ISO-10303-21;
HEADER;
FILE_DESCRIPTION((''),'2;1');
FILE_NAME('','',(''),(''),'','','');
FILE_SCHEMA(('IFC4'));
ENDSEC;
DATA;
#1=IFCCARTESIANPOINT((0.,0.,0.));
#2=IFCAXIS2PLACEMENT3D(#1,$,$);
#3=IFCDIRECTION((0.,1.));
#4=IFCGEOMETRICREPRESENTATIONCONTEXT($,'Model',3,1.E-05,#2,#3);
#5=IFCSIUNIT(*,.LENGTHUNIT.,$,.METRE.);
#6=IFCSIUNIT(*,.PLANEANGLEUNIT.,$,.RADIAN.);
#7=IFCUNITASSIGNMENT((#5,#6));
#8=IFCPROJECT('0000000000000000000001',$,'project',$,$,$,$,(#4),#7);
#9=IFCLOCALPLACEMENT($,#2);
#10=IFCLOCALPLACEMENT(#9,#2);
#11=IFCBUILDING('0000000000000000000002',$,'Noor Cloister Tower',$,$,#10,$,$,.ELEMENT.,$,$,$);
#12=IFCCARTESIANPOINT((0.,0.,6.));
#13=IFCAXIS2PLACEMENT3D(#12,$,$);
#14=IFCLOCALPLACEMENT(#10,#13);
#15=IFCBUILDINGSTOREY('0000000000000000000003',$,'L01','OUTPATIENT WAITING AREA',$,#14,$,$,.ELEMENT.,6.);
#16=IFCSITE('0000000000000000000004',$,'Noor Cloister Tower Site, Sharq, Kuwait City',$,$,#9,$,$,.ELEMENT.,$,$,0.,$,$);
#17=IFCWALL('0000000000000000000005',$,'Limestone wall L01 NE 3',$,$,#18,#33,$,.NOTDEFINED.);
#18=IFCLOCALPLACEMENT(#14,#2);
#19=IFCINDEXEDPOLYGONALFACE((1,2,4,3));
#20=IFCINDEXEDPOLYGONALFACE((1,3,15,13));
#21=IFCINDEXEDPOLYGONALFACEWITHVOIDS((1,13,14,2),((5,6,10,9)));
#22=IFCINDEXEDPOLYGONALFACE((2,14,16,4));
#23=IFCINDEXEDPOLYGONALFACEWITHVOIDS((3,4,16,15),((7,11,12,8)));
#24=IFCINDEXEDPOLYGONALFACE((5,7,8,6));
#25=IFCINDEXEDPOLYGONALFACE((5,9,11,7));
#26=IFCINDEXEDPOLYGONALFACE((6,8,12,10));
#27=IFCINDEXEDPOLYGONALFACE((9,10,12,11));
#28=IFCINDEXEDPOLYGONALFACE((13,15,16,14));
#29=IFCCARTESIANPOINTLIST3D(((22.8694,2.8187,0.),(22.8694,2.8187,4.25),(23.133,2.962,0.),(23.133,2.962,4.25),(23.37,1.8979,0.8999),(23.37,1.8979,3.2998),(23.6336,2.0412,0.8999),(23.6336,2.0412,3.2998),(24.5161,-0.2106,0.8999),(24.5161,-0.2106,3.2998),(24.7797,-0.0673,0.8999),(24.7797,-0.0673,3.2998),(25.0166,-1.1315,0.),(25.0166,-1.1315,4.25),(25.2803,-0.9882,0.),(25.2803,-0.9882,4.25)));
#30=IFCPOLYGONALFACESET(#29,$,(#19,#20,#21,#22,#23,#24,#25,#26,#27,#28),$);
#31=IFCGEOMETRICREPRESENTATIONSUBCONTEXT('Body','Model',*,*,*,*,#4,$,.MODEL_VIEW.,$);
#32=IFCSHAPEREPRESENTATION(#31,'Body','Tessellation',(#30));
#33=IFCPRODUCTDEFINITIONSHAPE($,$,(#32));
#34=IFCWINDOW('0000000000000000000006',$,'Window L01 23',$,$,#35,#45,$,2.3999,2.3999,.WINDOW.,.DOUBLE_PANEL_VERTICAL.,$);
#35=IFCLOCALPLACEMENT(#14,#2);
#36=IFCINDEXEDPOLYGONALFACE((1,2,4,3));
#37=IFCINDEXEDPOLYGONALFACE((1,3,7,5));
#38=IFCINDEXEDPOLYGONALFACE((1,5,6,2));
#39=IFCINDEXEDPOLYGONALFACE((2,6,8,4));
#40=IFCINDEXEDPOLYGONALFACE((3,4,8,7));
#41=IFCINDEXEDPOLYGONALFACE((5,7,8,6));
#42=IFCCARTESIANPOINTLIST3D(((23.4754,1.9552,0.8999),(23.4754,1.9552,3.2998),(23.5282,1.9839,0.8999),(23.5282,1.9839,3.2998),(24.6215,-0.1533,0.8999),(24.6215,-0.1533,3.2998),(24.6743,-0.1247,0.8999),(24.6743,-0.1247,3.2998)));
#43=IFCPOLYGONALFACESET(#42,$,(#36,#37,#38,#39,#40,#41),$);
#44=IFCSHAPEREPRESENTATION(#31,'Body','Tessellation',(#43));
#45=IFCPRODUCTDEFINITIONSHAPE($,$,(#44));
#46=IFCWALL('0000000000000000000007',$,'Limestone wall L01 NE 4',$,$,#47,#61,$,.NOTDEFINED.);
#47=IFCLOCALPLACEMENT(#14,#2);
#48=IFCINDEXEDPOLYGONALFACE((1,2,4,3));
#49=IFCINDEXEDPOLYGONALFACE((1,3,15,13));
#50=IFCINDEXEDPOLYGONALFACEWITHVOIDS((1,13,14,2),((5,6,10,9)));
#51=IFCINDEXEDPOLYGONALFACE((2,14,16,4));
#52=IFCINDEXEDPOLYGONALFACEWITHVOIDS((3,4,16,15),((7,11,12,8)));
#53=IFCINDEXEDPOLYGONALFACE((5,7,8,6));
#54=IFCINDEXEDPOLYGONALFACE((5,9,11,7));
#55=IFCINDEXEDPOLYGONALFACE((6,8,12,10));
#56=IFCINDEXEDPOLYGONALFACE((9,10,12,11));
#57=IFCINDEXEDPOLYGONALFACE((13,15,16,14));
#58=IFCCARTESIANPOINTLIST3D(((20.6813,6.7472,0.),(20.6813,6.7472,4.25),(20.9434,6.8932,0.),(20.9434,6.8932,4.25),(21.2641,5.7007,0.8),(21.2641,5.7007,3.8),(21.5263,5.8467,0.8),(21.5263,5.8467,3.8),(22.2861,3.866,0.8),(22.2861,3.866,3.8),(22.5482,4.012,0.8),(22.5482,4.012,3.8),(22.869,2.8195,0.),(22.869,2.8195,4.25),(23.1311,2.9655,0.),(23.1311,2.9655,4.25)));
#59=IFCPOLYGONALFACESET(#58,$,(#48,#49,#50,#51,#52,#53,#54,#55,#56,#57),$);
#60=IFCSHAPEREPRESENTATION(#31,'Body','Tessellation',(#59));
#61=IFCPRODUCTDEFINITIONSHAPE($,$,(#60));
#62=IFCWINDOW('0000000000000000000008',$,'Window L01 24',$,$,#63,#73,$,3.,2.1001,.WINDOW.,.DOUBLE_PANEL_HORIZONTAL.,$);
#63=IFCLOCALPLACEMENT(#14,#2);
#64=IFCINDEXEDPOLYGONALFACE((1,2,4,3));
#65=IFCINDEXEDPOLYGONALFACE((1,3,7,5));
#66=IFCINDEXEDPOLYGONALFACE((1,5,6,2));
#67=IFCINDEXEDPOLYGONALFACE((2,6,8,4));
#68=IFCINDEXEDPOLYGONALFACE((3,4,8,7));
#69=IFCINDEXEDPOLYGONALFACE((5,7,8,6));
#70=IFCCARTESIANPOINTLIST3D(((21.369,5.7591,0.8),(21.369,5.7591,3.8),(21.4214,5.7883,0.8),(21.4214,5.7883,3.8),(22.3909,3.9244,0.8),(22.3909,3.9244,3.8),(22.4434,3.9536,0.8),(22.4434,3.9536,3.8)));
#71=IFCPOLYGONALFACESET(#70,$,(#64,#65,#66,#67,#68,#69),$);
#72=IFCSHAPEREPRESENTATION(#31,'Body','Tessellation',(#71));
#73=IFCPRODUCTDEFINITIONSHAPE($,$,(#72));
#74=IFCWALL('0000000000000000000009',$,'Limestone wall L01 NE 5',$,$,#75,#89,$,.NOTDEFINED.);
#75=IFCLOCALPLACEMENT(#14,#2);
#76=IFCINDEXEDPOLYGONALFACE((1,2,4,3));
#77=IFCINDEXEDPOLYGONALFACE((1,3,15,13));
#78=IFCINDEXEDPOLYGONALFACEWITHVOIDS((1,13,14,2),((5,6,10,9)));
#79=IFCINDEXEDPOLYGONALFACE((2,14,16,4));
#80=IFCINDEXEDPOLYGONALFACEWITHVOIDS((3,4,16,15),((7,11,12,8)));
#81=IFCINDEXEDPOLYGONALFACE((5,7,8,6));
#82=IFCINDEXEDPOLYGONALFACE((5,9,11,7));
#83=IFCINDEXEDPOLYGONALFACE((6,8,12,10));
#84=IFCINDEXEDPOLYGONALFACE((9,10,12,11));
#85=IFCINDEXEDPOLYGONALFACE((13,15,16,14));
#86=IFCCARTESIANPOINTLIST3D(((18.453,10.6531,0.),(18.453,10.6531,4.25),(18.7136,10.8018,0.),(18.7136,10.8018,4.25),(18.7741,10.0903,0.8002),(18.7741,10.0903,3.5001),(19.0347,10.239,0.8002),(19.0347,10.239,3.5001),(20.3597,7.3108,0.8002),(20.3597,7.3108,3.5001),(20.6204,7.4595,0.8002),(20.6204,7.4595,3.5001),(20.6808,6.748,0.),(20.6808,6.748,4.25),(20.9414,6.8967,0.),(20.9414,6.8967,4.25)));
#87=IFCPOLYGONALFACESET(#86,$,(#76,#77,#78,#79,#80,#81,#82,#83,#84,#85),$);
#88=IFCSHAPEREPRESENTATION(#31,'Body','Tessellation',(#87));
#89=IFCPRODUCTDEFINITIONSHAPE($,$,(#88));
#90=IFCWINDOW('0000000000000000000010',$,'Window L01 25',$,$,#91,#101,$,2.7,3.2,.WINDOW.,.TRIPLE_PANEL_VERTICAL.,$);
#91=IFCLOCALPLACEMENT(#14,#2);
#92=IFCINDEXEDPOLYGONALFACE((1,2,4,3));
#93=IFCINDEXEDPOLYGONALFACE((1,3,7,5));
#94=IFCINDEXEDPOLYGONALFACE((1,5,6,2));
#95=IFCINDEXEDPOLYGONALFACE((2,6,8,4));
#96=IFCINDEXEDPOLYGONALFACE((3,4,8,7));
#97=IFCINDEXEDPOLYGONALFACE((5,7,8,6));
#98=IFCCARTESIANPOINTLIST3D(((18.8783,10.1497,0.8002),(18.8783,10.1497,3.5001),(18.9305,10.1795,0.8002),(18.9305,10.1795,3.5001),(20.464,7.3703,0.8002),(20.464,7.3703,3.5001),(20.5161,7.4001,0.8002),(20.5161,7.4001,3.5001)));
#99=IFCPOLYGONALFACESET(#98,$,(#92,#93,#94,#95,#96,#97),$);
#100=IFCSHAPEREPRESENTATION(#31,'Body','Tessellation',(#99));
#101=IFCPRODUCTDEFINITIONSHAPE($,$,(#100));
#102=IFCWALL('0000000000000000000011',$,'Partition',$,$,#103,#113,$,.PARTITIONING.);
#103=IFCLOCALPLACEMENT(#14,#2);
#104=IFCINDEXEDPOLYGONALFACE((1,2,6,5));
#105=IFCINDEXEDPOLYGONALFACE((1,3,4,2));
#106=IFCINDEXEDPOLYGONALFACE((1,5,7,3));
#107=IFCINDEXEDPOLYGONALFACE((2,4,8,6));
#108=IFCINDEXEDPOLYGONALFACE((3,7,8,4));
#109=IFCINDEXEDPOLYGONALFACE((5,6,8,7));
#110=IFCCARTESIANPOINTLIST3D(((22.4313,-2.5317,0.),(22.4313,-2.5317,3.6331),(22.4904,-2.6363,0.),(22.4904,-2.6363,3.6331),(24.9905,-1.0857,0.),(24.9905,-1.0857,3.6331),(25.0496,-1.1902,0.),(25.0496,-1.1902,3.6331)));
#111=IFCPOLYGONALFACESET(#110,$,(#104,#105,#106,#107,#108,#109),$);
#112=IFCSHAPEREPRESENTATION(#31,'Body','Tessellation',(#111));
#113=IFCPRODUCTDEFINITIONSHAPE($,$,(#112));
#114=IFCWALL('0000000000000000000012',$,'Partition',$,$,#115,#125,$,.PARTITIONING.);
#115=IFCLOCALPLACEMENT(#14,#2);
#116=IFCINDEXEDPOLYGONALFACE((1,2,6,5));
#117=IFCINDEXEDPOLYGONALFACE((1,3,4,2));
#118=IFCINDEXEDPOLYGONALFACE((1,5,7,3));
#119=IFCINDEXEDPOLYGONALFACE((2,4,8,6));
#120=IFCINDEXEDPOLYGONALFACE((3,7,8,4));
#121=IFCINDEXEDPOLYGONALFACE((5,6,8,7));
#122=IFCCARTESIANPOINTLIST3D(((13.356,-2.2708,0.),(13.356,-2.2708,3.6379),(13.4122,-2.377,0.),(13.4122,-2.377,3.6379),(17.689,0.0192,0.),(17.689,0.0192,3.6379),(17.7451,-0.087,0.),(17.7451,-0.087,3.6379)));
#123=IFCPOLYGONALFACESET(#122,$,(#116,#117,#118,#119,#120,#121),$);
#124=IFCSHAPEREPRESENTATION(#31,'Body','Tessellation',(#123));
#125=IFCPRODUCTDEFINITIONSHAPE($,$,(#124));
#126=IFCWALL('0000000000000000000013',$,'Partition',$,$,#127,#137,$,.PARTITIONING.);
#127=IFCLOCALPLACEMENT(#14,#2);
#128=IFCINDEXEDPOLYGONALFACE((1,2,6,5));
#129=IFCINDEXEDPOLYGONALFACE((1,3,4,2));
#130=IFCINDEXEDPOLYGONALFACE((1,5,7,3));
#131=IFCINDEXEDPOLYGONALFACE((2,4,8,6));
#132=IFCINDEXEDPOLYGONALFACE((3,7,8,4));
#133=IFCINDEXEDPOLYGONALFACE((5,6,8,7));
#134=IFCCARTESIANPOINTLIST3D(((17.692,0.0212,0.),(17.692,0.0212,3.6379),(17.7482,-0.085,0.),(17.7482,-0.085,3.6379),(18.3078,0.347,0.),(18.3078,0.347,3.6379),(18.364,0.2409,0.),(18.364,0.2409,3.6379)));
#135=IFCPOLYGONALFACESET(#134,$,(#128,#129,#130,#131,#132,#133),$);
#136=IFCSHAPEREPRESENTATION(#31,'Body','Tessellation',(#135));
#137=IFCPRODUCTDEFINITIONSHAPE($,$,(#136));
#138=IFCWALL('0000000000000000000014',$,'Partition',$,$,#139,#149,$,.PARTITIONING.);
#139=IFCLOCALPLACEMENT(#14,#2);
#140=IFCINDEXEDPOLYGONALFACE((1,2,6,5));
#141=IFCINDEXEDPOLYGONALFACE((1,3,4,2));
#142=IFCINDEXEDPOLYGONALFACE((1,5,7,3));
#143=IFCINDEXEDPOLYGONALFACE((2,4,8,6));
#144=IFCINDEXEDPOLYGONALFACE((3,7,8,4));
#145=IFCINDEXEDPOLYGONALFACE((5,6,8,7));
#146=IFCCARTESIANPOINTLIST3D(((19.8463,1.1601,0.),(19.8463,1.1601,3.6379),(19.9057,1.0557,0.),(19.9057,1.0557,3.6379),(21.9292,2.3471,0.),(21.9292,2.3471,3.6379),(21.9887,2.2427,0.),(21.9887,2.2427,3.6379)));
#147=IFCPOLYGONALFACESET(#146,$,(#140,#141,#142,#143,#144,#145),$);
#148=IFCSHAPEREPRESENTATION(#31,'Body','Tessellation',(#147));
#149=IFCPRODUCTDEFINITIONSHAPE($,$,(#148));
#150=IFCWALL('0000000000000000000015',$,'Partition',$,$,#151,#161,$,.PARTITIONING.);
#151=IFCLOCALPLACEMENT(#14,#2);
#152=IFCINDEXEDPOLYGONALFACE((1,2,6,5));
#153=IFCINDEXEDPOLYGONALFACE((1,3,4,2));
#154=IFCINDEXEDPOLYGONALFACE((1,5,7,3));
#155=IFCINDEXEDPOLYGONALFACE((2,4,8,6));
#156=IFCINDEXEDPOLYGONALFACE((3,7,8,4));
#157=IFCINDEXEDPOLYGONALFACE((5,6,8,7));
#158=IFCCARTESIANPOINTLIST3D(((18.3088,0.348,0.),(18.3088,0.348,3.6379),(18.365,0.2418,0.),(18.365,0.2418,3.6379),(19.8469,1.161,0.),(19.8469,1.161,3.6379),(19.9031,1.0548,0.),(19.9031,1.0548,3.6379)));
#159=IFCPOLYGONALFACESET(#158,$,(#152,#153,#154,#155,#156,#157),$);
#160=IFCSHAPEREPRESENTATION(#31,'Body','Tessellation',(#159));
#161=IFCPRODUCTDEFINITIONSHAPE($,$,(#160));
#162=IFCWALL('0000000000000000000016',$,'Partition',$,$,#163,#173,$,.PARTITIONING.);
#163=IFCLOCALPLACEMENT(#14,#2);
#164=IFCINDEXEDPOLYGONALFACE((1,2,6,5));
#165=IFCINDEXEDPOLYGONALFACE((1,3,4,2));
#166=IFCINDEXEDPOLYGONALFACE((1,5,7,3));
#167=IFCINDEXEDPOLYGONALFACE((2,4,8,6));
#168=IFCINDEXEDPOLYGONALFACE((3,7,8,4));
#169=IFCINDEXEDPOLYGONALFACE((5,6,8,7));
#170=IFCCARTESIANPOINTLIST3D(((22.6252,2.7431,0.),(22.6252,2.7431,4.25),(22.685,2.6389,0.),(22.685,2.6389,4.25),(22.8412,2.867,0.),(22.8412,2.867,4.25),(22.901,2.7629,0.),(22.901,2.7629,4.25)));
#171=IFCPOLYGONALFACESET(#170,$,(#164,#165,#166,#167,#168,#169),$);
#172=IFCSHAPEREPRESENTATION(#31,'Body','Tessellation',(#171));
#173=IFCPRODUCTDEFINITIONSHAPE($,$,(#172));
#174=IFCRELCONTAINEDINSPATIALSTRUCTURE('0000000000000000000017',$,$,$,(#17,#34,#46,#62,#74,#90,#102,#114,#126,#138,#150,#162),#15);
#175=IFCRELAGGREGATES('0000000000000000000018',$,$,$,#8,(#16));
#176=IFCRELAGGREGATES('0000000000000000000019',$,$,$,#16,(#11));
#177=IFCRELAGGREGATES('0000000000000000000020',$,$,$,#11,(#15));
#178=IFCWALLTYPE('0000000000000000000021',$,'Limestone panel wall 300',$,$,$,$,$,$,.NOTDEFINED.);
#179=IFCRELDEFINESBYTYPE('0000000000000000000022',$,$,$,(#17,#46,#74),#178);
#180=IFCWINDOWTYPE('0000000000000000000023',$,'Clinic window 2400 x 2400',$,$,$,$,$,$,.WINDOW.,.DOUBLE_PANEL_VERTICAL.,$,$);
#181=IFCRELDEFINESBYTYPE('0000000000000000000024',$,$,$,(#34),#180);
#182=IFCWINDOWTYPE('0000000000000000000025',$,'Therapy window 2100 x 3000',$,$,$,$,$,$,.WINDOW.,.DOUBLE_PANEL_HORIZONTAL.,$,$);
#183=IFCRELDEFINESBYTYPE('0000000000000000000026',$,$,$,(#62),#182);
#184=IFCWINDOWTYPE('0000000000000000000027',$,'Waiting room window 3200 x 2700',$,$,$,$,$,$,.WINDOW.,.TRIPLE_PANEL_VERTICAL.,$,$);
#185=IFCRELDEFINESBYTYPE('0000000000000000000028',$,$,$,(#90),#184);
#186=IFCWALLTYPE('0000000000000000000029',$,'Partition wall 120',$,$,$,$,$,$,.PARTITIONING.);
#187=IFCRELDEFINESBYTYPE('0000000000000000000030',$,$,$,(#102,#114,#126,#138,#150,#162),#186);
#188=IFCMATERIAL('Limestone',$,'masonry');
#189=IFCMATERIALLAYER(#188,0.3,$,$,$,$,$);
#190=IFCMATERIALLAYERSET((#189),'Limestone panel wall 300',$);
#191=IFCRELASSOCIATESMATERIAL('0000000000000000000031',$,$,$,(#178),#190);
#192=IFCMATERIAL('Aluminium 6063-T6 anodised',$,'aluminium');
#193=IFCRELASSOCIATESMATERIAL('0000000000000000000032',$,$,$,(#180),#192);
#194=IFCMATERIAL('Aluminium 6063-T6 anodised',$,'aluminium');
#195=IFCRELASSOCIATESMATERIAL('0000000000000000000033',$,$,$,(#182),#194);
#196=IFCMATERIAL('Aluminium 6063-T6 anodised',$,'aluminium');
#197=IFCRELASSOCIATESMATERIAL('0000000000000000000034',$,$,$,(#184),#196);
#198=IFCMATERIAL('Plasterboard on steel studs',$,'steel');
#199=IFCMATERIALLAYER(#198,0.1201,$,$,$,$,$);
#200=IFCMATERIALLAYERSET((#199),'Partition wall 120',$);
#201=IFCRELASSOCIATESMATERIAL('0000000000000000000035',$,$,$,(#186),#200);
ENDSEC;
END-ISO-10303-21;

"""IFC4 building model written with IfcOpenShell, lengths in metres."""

from ifc_helpers import new_model, si_unit, direction, frame, frame_2d, origin, place, context, subcontext, project, spatial, rectangle, extrude, material, layer, layer_set, type_object, element, fill, save


model = new_model("IFC4")

# Units and contexts
model_context = context("Model", 3, precision=1e-05, world=origin(), true_north=direction((0.0, 1.0)))
body_context = subcontext(model_context, "Body", "Model", "MODEL_VIEW")
ifc_project = project(units=[si_unit("LENGTHUNIT", "METRE"), si_unit("PLANEANGLEUNIT", "RADIAN")], contexts=[model_context])

# Site, building, storey
site_placement = place(None, origin())
site = spatial("IfcSite", under=ifc_project, at=site_placement, Name="Noor Cloister Tower Site, Sharq, Kuwait City", CompositionType="ELEMENT", RefElevation=0.0)
building_placement = place(site_placement, origin())
building = spatial("IfcBuilding", under=site, at=building_placement, Name="Noor Cloister Tower", CompositionType="ELEMENT")
storey_placement = place(building_placement, frame((0.0, 0.0, 6.0)))
storey = spatial("IfcBuildingStorey", under=building, at=storey_placement, Name="L01", Description="OUTPATIENT WAITING AREA", CompositionType="ELEMENT", Elevation=6.0)

# Walls, openings, windows
ifc_material_1 = material(Name="Limestone", Category="masonry")
ifc_layer_1 = layer(ifc_material_1, 0.3)
ifc_layer_set_1 = layer_set([ifc_layer_1], Name="Limestone panel wall 300")
wall_type_1 = type_object("IfcWallType", Name="Limestone panel wall 300", PredefinedType="NOTDEFINED", material=ifc_layer_set_1)
ifc_material_2 = material(Name="Aluminium 6063-T6 anodised", Category="aluminium")
window_type_1 = type_object("IfcWindowType", Name="Clinic window 2400 x 2400", PartitioningType="DOUBLE_PANEL_VERTICAL", PredefinedType="WINDOW", material=ifc_material_2)
wall_1_placement = place(storey_placement, frame((23.0012, 2.8904, 0.0), z_axis=(0.0, 0.0, 1.0), x_axis=(0.477577, -0.87859, 0.0)))
wall_1 = element("IfcWall", 1, at=wall_1_placement, inside=storey, type_object=wall_type_1, Name="Limestone wall L01 NE 3", PredefinedType="NOTDEFINED", context=body_context, shape_type="SweptSolid", body=[
    extrude(rectangle(XDim=4.4961, YDim=0.3, at=frame_2d((2.248, 0.0))), origin(), (0.0, 0.0, 1.0), 4.25),
])
opening_1_placement = place(wall_1_placement, frame((1.0481, 0.0, 0.8999)))
opening_1 = element("IfcOpeningElement", 2, at=opening_1_placement, cuts=wall_1, PredefinedType="OPENING", context=body_context, shape_type="SweptSolid", body=[
    extrude(rectangle(XDim=2.3999, YDim=2.3999, at=frame_2d((1.2, 1.2))), frame((0.0, 0.1602, 0.0), z_axis=(0.0, -1.0, 0.0), x_axis=(1.0, 0.0, 0.0)), (0.0, 0.0, 1.0), 0.3201),
])
window_1_placement = place(opening_1_placement, origin())
window_1 = element("IfcWindow", 3, at=window_1_placement, inside=storey, type_object=window_type_1, Name="Window L01 23", OverallHeight=2.3999, OverallWidth=2.3999, PartitioningType="DOUBLE_PANEL_VERTICAL", PredefinedType="WINDOW", context=body_context, shape_type="SweptSolid", body=[
    extrude(rectangle(XDim=2.3999, YDim=2.3999, at=frame_2d((1.2, 1.2))), frame((0.0, 0.03, 0.0), z_axis=(0.0, -1.0, 0.0), x_axis=(1.0, 0.0, 0.0)), (0.0, 0.0, 1.0), 0.0601),
])
fill(opening_1, window_1)
wall_2_placement = place(storey_placement, frame((20.8123, 6.8203, 0.0), z_axis=(0.0, 0.0, 1.0), x_axis=(0.486606, -0.873621, 0.0)))
wall_2 = element("IfcWall", 4, at=wall_2_placement, inside=storey, type_object=wall_type_1, Name="Limestone wall L01 NE 4", PredefinedType="NOTDEFINED", context=body_context, shape_type="SweptSolid", body=[
    extrude(rectangle(XDim=4.4958, YDim=0.3, at=frame_2d((2.248, 0.0))), origin(), (0.0, 0.0, 1.0), 4.25),
])
opening_2_placement = place(wall_2_placement, frame((1.198, 0.0, 0.8)))
opening_2 = element("IfcOpeningElement", 5, at=opening_2_placement, cuts=wall_2, PredefinedType="OPENING", context=body_context, shape_type="SweptSolid", body=[
    extrude(rectangle(XDim=2.1001, YDim=3.0, at=frame_2d((1.05, 1.5))), frame((0.0, 0.1602, 0.0), z_axis=(0.0, -1.0, 0.0), x_axis=(1.0, 0.0, 0.0)), (0.0, 0.0, 1.0), 0.3201),
])
ifc_material_3 = material(Name="Aluminium 6063-T6 anodised", Category="aluminium")
window_type_2 = type_object("IfcWindowType", Name="Therapy window 2100 x 3000", PartitioningType="DOUBLE_PANEL_HORIZONTAL", PredefinedType="WINDOW", material=ifc_material_3)
window_2_placement = place(opening_2_placement, origin())
window_2 = element("IfcWindow", 6, at=window_2_placement, inside=storey, type_object=window_type_2, Name="Window L01 24", OverallHeight=3.0, OverallWidth=2.1001, PartitioningType="DOUBLE_PANEL_HORIZONTAL", PredefinedType="WINDOW", context=body_context, shape_type="SweptSolid", body=[
    extrude(rectangle(XDim=2.1001, YDim=3.0, at=frame_2d((1.05, 1.5))), frame((0.0, 0.03, 0.0), z_axis=(0.0, -1.0, 0.0), x_axis=(1.0, 0.0, 0.0)), (0.0, 0.0, 1.0), 0.0601),
])
fill(opening_2, window_2)
wall_3_placement = place(storey_placement, frame((18.5833, 10.7275, 0.0), z_axis=(0.0, 0.0, 1.0), x_axis=(0.495525, -0.868594, 0.0)))
wall_3 = element("IfcWall", 7, at=wall_3_placement, inside=storey, type_object=wall_type_1, Name="Limestone wall L01 NE 5", PredefinedType="NOTDEFINED", context=body_context, shape_type="SweptSolid", body=[
    extrude(rectangle(XDim=4.4958, YDim=0.3, at=frame_2d((2.248, 0.0))), origin(), (0.0, 0.0, 1.0), 4.25),
])
opening_3_placement = place(wall_3_placement, frame((0.6479, 0.0, 0.8)))
opening_3 = element("IfcOpeningElement", 8, at=opening_3_placement, cuts=wall_3, PredefinedType="OPENING", context=body_context, shape_type="SweptSolid", body=[
    extrude(rectangle(XDim=3.2, YDim=2.7, at=frame_2d((1.6001, 1.3501))), frame((0.0, 0.1602, 0.0), z_axis=(0.0, -1.0, 0.0), x_axis=(1.0, 0.0, 0.0)), (0.0, 0.0, 1.0), 0.3201),
])
ifc_material_4 = material(Name="Aluminium 6063-T6 anodised", Category="aluminium")
window_type_3 = type_object("IfcWindowType", Name="Waiting room window 3200 x 2700", PartitioningType="TRIPLE_PANEL_VERTICAL", PredefinedType="WINDOW", material=ifc_material_4)
window_3_placement = place(opening_3_placement, origin())
window_3 = element("IfcWindow", 9, at=window_3_placement, inside=storey, type_object=window_type_3, Name="Window L01 25", OverallHeight=2.7, OverallWidth=3.2, PartitioningType="TRIPLE_PANEL_VERTICAL", PredefinedType="WINDOW", context=body_context, shape_type="SweptSolid", body=[
    extrude(rectangle(XDim=3.2, YDim=2.7, at=frame_2d((1.6001, 1.3501))), frame((0.0, 0.03, 0.0), z_axis=(0.0, -1.0, 0.0), x_axis=(1.0, 0.0, 0.0)), (0.0, 0.0, 1.0), 0.0601),
])
fill(opening_3, window_3)

# Walls
ifc_material_5 = material(Name="Plasterboard on steel studs", Category="steel")
ifc_layer_2 = layer(ifc_material_5, 0.1201)
ifc_layer_set_2 = layer_set([ifc_layer_2], Name="Partition wall 120")
wall_type_2 = type_object("IfcWallType", Name="Partition wall 120", PredefinedType="PARTITIONING", material=ifc_layer_set_2)
wall_4_placement = place(storey_placement, frame((25.02, -1.1379, 0.0), z_axis=(0.0, 0.0, 1.0), x_axis=(-0.87062, -0.491956, 0.0)))
element("IfcWall", 10, at=wall_4_placement, inside=storey, type_object=wall_type_2, Name="Partition", PredefinedType="PARTITIONING", context=body_context, shape_type="SweptSolid", body=[
    extrude(rectangle(XDim=2.9395, YDim=0.1201, at=frame_2d((1.4697, 0.0))), origin(), (0.0, 0.0, 1.0), 3.6331),
])
wall_5_placement = place(storey_placement, frame((17.717, -0.0339, 0.0), z_axis=(0.0, 0.0, 1.0), x_axis=(-0.884117, -0.467265, 0.0)))
element("IfcWall", 11, at=wall_5_placement, inside=storey, type_object=wall_type_2, Name="Partition", PredefinedType="PARTITIONING", context=body_context, shape_type="SweptSolid", body=[
    extrude(rectangle(XDim=4.9009, YDim=0.1201, at=frame_2d((2.4504, 0.0))), origin(), (0.0, 0.0, 1.0), 3.6379),
])
wall_6_placement = place(storey_placement, frame((18.3359, 0.2939, 0.0), z_axis=(0.0, 0.0, 1.0), x_axis=(-0.88389, -0.467695, 0.0)))
element("IfcWall", 12, at=wall_6_placement, inside=storey, type_object=wall_type_2, Name="Partition", PredefinedType="PARTITIONING", context=body_context, shape_type="SweptSolid", body=[
    extrude(rectangle(XDim=0.6968, YDim=0.1201, at=frame_2d((0.3484, 0.0))), origin(), (0.0, 0.0, 1.0), 3.6379),
])
wall_7_placement = place(storey_placement, frame((21.959, 2.2949, 0.0), z_axis=(0.0, 0.0, 1.0), x_axis=(-0.868832, -0.495108, 0.0)))
element("IfcWall", 13, at=wall_7_placement, inside=storey, type_object=wall_type_2, Name="Partition", PredefinedType="PARTITIONING", context=body_context, shape_type="SweptSolid", body=[
    extrude(rectangle(XDim=2.3975, YDim=0.1201, at=frame_2d((1.1987, 0.0))), origin(), (0.0, 0.0, 1.0), 3.6379),
])
wall_8_placement = place(storey_placement, frame((19.875, 1.1079, 0.0), z_axis=(0.0, 0.0, 1.0), x_axis=(-0.884095, -0.467307, 0.0)))
element("IfcWall", 14, at=wall_8_placement, inside=storey, type_object=wall_type_2, Name="Partition", PredefinedType="PARTITIONING", context=body_context, shape_type="SweptSolid", body=[
    extrude(rectangle(XDim=1.7397, YDim=0.1201, at=frame_2d((0.8699, 0.0))), origin(), (0.0, 0.0, 1.0), 3.6379),
])
wall_9_placement = place(storey_placement, frame((22.8711, 2.8149, 0.0), z_axis=(0.0, 0.0, 1.0), x_axis=(-0.867277, -0.497827, 0.0)))
element("IfcWall", 15, at=wall_9_placement, inside=storey, type_object=wall_type_2, Name="Partition", PredefinedType="PARTITIONING", context=body_context, shape_type="SweptSolid", body=[
    extrude(rectangle(XDim=0.249, YDim=0.1201, at=frame_2d((0.1245, 0.0))), origin(), (0.0, 0.0, 1.0), 4.25),
])

save(model, "model.ifc")
